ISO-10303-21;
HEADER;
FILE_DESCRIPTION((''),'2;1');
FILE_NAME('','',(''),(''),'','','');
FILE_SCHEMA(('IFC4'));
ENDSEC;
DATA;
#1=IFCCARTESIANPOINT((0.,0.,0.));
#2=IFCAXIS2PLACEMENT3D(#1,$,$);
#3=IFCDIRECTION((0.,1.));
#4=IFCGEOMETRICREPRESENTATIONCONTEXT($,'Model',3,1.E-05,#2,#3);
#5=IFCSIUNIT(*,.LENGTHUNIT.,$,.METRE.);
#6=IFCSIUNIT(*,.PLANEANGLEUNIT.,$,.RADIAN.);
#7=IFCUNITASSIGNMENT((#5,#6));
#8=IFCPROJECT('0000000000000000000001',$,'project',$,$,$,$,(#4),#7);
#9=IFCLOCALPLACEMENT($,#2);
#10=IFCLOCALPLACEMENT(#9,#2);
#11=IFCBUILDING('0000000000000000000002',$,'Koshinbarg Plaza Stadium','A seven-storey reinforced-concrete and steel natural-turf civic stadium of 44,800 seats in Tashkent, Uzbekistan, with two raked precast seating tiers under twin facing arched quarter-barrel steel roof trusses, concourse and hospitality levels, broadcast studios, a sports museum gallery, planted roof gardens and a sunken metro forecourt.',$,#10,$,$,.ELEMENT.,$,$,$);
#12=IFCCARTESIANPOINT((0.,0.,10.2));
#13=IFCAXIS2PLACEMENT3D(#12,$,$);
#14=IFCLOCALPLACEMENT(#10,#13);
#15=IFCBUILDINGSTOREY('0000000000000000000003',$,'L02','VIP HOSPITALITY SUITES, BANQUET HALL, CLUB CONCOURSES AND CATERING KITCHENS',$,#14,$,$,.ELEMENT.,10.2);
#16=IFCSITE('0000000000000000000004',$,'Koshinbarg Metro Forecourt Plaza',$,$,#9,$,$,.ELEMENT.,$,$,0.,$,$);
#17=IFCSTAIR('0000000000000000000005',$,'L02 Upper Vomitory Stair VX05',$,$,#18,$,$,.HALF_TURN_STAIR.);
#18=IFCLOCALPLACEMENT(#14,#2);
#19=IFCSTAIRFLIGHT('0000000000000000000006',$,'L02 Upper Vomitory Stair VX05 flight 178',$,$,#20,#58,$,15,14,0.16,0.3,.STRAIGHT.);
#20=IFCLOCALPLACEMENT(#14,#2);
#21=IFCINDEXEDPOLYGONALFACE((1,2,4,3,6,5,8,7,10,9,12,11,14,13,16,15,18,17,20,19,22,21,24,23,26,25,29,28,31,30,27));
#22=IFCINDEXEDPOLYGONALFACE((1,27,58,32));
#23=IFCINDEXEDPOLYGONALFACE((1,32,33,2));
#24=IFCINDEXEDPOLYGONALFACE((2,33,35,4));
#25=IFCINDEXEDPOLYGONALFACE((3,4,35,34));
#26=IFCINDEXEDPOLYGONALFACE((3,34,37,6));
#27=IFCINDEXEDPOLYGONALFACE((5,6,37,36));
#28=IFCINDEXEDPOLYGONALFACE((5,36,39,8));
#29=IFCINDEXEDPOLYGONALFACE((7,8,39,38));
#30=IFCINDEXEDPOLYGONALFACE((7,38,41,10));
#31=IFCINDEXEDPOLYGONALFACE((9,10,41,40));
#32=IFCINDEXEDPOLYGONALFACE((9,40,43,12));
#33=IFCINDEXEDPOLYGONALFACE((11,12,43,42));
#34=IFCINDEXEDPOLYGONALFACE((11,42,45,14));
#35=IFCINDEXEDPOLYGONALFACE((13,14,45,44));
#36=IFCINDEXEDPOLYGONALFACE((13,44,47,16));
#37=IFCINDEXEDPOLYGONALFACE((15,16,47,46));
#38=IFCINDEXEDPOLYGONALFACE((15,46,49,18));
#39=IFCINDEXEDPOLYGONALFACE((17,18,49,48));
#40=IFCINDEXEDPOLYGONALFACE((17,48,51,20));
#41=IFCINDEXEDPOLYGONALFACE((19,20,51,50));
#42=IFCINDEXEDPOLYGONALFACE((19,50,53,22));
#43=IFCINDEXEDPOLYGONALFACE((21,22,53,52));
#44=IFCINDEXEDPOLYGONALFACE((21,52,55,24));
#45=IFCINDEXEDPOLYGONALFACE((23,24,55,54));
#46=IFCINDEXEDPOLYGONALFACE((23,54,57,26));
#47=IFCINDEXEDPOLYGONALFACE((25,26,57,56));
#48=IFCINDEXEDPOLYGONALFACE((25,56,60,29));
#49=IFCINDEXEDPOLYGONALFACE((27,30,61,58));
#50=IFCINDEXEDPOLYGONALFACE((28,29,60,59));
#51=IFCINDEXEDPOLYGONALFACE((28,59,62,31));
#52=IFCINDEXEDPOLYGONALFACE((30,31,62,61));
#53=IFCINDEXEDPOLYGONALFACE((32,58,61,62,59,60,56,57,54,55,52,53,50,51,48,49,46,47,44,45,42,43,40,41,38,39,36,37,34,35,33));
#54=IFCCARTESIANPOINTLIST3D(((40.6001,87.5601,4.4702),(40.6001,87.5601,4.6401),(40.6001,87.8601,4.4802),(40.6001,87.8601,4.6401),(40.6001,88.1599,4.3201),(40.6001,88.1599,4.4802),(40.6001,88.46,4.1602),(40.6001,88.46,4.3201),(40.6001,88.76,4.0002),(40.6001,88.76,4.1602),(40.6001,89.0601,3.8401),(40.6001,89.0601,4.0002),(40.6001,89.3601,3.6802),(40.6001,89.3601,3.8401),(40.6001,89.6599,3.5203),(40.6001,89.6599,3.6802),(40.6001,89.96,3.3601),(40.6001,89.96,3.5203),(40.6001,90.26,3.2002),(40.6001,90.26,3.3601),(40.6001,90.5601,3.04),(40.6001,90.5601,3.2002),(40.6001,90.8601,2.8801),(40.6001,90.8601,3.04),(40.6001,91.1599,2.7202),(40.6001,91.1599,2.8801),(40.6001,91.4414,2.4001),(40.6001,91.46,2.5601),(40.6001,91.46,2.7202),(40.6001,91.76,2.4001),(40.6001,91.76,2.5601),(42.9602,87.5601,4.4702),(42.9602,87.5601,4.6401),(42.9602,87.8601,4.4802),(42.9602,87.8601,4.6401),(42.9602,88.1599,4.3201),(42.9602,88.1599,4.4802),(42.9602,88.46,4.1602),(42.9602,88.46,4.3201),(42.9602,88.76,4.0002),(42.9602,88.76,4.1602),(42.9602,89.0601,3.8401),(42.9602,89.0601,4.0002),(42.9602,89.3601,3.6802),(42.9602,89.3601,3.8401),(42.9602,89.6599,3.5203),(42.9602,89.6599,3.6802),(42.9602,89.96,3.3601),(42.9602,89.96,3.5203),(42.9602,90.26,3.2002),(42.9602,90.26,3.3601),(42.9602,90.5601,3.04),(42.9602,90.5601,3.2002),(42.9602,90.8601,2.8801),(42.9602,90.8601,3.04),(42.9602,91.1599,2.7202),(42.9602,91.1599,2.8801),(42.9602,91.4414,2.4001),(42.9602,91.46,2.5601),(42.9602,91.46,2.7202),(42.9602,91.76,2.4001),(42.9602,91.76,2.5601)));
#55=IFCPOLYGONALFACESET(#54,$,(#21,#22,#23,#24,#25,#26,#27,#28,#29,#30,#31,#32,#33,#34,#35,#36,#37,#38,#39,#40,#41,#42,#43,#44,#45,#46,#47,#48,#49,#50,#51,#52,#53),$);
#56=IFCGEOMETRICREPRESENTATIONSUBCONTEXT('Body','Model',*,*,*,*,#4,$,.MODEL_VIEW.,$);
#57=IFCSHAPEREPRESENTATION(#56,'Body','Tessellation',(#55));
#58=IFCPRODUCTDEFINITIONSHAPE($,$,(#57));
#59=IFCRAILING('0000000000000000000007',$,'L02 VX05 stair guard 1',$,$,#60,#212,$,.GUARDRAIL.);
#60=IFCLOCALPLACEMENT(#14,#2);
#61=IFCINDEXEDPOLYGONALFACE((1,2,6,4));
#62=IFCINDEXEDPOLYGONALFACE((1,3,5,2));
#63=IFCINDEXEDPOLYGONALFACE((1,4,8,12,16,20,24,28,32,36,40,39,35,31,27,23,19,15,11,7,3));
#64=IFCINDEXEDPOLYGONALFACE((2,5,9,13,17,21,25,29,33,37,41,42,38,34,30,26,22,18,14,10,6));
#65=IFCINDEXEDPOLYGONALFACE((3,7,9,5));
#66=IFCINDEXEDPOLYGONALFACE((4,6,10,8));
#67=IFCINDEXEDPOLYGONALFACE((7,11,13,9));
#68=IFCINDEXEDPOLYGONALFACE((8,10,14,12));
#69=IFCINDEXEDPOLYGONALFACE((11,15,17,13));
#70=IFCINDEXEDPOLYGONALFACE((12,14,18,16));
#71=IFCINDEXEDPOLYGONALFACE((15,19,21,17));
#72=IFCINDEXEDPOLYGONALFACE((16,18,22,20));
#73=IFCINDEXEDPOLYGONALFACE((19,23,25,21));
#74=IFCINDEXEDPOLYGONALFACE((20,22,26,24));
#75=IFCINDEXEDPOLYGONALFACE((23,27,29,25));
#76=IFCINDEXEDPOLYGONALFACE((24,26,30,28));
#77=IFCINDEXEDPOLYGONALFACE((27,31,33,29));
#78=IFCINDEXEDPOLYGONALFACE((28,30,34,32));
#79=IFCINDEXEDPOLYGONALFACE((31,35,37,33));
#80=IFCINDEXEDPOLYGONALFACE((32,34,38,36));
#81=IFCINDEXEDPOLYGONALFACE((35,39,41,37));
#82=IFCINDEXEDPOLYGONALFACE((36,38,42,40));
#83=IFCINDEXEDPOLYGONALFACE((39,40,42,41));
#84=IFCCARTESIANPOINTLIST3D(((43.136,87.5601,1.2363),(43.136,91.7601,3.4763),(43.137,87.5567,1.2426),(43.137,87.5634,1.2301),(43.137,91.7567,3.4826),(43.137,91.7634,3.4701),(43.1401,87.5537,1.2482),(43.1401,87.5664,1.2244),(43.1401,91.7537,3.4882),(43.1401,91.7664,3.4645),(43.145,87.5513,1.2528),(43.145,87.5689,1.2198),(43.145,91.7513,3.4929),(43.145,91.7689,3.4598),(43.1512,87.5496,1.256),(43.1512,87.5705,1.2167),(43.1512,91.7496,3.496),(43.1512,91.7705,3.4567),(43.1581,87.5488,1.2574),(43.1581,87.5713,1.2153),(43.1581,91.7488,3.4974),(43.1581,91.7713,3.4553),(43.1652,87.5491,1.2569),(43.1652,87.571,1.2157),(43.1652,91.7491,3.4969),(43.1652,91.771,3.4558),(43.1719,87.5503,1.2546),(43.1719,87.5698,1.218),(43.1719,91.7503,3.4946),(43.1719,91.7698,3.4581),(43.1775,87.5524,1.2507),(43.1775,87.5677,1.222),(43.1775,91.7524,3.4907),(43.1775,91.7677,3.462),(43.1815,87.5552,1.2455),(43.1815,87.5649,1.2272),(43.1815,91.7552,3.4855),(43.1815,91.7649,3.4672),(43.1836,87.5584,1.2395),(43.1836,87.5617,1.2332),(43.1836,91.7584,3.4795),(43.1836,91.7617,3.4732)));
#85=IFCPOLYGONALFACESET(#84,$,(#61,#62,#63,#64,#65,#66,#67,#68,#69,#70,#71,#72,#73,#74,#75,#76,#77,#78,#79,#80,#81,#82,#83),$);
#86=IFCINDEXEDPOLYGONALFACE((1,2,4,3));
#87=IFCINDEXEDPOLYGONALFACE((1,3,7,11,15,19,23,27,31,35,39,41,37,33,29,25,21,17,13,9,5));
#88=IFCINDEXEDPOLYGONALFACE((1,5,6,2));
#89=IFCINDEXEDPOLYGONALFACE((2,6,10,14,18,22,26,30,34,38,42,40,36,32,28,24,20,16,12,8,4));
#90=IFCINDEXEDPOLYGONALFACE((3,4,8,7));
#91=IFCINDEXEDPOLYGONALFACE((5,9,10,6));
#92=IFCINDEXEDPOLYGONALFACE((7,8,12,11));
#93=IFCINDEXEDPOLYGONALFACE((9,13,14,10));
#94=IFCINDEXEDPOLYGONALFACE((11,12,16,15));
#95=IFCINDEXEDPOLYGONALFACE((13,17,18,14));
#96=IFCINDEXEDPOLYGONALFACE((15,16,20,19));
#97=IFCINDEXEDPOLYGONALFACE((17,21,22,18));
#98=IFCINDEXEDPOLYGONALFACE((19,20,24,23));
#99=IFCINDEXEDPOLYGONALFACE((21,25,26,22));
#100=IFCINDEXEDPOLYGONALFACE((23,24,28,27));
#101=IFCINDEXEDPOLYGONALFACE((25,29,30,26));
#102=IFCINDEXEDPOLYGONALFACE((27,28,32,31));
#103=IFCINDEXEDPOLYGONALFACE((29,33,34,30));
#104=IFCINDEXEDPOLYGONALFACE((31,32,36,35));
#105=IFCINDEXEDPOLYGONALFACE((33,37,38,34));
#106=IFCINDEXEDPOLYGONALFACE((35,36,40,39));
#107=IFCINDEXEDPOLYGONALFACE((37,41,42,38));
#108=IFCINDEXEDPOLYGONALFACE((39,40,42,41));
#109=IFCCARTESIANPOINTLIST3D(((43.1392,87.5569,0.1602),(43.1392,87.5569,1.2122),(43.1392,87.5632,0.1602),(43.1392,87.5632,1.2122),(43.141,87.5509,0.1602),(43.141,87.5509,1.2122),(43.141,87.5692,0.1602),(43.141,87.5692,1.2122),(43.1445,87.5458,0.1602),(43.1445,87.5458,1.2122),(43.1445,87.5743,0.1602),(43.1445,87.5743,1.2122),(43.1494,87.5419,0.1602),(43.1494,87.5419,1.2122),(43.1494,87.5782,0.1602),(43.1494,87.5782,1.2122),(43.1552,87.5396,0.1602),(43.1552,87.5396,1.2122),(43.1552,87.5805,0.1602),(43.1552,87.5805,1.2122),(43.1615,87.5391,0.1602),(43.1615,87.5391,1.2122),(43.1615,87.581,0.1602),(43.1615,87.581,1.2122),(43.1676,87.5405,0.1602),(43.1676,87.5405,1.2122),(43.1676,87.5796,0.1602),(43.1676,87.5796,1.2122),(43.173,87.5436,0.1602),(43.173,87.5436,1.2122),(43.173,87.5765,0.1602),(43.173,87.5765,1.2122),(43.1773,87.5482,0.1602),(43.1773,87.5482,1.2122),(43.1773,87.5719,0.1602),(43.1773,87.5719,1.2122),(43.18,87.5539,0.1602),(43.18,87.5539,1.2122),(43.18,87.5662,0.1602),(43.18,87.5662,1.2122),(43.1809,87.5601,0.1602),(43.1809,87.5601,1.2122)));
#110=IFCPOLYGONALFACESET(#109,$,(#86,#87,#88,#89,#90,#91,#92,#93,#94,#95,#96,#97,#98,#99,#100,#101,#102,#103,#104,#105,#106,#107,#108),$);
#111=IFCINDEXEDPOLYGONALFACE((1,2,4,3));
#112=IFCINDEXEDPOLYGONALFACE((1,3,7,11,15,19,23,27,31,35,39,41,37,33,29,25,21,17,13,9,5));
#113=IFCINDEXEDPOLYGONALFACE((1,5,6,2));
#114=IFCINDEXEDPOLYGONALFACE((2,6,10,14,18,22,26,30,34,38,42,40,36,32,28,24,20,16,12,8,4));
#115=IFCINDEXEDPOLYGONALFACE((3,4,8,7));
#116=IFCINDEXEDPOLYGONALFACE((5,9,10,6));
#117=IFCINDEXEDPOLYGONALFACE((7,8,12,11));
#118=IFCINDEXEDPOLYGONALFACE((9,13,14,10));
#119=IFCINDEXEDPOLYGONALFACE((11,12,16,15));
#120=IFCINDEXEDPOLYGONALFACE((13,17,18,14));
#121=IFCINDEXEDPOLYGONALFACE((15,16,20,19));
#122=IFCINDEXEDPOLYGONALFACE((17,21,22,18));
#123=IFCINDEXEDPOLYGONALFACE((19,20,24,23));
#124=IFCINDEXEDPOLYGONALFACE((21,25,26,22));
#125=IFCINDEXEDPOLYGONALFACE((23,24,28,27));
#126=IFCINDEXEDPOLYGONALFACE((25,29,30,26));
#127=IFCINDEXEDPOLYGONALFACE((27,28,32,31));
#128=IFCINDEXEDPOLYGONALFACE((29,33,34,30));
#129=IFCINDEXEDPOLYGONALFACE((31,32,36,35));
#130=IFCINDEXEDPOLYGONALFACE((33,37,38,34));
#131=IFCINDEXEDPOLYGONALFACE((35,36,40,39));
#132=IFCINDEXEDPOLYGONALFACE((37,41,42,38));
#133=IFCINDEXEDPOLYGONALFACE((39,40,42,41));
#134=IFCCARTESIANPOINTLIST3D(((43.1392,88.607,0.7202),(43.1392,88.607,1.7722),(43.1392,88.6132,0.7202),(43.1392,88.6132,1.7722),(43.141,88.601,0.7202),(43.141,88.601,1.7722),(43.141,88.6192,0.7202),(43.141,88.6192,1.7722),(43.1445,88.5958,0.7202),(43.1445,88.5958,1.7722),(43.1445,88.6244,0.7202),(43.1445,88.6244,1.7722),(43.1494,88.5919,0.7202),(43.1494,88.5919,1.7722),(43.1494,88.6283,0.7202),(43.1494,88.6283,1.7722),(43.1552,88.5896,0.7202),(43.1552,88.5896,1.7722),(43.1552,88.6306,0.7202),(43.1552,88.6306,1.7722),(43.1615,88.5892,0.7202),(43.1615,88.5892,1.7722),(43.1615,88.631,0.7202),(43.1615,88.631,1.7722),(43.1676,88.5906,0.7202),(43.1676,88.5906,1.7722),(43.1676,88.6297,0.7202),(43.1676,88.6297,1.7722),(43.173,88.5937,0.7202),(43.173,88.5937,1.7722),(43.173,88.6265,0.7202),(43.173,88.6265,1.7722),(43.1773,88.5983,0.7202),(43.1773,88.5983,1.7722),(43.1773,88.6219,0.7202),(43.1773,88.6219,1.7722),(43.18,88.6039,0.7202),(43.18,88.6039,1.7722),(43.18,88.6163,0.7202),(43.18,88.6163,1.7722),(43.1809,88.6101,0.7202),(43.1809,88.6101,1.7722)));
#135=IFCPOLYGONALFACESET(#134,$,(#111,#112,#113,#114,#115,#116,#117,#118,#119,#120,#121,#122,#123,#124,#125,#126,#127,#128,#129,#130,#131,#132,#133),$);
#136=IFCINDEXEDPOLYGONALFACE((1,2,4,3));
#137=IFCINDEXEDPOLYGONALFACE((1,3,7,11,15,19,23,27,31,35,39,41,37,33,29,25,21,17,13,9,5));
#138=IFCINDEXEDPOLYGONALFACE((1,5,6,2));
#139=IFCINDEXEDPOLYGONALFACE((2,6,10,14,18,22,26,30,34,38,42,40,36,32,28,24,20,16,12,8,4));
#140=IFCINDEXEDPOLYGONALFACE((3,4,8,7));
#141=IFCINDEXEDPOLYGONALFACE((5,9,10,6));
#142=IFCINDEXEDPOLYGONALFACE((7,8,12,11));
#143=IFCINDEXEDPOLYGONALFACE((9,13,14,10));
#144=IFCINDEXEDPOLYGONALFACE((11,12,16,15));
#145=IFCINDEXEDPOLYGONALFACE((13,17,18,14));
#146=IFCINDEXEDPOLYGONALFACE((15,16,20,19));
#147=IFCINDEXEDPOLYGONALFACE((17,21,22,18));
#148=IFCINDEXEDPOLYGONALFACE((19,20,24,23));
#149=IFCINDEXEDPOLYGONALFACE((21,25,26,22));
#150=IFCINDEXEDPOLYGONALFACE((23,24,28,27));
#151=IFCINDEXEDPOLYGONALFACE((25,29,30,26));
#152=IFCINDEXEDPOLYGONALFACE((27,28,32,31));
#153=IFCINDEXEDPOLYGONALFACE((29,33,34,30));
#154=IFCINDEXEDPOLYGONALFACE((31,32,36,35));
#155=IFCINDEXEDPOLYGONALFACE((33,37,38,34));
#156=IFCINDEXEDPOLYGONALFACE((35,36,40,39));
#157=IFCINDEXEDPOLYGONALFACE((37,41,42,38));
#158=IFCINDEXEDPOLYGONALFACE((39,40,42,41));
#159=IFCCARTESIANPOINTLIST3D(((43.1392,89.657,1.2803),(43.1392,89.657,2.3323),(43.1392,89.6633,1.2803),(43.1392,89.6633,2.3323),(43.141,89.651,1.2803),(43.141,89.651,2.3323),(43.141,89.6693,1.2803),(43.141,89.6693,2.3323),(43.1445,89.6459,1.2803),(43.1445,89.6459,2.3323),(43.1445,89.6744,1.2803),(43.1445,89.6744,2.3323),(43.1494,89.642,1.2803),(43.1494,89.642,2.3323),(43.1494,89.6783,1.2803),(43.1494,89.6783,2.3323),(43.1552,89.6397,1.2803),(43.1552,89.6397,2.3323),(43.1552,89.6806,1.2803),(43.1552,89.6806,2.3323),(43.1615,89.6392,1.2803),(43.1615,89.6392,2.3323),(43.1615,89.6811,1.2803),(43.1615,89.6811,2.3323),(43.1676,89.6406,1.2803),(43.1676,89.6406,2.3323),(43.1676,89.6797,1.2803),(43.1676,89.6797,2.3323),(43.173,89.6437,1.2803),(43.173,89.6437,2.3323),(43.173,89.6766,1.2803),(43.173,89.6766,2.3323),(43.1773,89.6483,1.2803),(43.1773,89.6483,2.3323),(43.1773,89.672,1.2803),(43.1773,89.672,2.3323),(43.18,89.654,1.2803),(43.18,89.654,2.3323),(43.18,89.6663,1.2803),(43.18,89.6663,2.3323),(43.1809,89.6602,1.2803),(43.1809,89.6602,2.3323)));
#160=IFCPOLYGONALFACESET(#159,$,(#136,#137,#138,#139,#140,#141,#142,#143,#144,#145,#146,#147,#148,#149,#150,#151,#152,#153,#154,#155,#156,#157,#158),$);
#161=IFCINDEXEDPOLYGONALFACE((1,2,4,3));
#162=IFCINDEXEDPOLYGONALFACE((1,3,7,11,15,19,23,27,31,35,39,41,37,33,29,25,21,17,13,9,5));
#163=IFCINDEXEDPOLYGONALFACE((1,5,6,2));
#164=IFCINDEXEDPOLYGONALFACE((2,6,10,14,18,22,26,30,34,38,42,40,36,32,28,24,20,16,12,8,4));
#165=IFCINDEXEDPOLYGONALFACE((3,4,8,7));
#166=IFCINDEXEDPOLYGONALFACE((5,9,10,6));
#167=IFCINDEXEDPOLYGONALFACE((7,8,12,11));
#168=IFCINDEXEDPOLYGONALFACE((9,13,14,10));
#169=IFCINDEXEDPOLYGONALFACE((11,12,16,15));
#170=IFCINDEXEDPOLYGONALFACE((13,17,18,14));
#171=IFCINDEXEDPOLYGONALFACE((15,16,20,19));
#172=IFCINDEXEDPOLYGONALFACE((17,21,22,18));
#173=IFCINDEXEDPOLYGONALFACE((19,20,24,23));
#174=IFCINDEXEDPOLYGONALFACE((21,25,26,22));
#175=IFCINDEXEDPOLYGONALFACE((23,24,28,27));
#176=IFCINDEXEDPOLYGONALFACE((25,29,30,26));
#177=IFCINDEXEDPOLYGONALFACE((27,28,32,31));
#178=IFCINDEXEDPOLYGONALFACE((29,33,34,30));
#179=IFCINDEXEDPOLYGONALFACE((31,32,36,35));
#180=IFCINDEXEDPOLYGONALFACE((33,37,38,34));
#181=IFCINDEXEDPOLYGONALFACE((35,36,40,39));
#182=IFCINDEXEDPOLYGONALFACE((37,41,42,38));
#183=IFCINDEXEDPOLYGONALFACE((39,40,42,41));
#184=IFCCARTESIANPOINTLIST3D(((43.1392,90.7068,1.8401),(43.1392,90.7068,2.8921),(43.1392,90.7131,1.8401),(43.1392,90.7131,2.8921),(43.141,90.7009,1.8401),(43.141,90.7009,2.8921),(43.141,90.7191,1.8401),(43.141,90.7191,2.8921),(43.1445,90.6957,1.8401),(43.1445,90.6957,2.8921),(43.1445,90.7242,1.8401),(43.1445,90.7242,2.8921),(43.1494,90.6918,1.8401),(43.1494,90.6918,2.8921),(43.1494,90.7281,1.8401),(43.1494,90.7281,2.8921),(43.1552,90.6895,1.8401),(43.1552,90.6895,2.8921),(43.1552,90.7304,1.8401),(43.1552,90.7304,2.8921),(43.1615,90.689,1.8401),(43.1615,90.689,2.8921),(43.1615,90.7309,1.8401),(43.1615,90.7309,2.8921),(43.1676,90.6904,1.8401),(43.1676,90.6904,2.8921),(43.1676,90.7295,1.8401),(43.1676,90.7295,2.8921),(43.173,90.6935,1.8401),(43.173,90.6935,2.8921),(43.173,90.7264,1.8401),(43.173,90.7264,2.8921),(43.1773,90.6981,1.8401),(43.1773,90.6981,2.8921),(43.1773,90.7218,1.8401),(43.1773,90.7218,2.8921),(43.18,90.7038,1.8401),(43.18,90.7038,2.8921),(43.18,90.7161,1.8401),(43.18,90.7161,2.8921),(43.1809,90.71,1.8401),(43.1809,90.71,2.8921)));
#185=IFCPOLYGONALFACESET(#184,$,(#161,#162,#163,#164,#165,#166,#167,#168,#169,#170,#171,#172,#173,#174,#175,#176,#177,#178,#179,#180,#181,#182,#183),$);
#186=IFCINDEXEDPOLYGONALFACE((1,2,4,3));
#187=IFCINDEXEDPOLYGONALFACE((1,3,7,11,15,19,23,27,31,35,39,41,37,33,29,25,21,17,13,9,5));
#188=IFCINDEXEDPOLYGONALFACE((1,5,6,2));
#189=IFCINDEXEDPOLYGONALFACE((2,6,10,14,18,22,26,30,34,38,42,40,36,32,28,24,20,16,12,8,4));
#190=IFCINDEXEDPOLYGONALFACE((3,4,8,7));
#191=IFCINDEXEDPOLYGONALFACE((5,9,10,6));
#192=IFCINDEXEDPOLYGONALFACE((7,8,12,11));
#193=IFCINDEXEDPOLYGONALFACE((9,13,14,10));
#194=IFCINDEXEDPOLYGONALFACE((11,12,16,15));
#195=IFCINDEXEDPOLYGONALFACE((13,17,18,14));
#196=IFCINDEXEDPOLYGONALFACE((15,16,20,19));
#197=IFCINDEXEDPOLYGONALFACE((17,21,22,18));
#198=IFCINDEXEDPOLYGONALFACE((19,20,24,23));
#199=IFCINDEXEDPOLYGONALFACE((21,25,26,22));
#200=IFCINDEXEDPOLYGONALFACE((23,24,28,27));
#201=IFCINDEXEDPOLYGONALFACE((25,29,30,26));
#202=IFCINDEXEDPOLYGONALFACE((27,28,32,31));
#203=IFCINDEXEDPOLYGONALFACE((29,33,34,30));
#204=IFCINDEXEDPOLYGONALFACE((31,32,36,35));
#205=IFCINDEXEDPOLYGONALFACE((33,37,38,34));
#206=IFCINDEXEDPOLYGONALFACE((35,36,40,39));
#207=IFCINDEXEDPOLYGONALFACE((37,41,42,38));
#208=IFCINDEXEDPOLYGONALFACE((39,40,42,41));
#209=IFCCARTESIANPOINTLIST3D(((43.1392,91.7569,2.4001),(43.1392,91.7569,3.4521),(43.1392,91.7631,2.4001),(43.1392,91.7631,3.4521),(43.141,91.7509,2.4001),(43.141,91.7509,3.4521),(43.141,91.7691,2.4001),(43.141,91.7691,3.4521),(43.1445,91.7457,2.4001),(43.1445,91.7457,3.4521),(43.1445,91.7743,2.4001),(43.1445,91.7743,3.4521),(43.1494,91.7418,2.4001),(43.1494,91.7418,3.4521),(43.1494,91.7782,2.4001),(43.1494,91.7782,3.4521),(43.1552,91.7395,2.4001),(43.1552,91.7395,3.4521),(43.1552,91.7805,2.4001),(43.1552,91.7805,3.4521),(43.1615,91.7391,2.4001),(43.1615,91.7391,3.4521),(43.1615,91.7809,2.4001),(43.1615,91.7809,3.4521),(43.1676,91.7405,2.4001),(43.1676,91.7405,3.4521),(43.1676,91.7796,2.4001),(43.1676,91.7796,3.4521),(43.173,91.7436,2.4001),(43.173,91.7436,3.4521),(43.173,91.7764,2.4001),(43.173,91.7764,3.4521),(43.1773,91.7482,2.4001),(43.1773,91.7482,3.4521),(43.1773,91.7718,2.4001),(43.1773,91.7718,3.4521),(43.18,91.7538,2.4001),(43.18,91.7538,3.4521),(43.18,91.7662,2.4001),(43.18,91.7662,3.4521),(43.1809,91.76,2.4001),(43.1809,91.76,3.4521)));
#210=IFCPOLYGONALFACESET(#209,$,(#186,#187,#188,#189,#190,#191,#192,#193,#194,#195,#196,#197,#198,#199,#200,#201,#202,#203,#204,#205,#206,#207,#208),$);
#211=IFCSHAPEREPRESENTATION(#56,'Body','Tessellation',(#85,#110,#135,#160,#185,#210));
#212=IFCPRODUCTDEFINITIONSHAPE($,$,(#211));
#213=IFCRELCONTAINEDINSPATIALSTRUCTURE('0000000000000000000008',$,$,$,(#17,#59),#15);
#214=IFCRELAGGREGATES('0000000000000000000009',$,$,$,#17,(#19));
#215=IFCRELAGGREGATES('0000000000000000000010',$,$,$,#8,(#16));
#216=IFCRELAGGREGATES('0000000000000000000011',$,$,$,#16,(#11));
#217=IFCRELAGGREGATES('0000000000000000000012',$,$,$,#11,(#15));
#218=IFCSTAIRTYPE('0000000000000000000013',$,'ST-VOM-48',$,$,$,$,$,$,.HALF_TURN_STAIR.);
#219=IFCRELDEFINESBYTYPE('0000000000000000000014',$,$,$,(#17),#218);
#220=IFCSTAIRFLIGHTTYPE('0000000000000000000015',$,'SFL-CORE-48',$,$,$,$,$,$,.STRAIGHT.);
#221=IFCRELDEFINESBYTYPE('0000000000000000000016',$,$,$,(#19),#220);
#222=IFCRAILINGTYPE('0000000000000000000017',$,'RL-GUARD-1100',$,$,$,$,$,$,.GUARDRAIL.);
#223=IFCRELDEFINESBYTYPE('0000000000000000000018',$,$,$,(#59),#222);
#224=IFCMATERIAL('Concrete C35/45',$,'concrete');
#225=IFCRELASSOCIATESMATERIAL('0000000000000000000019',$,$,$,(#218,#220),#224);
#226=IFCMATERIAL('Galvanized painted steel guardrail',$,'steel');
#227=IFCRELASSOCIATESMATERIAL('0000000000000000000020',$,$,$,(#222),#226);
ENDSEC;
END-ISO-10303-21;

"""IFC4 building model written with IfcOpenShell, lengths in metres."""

from ifc_helpers import new_model, si_unit, direction, frame, origin, origin_2d, place, context, subcontext, project, spatial, polyline, circle, outline, extrude, material, type_object, element, aggregate, save


model = new_model("IFC4")

# Units and contexts
model_context = context("Model", 3, precision=1e-05, world=origin(), true_north=direction((0.0, 1.0)))
body_context = subcontext(model_context, "Body", "Model", "MODEL_VIEW")
ifc_project = project(units=[si_unit("LENGTHUNIT", "METRE"), si_unit("PLANEANGLEUNIT", "RADIAN")], contexts=[model_context])

# Site, building, storey
site_placement = place(None, origin())
site = spatial("IfcSite", under=ifc_project, at=site_placement, Name="Koshinbarg Metro Forecourt Plaza", CompositionType="ELEMENT", RefElevation=0.0)
building_placement = place(site_placement, origin())
building = spatial("IfcBuilding", under=site, at=building_placement, Name="Koshinbarg Plaza Stadium", Description="A seven-storey reinforced-concrete and steel natural-turf civic stadium of 44,800 seats in Tashkent, Uzbekistan, with two raked precast seating tiers under twin facing arched quarter-barrel steel roof trusses, concourse and hospitality levels, broadcast studios, a sports museum gallery, planted roof gardens and a sunken metro forecourt.", CompositionType="ELEMENT")
storey_placement = place(building_placement, frame((0.0, 0.0, 10.2)))
storey = spatial("IfcBuildingStorey", under=building, at=storey_placement, Name="L02", Description="VIP HOSPITALITY SUITES, BANQUET HALL, CLUB CONCOURSES AND CATERING KITCHENS", CompositionType="ELEMENT", Elevation=10.2)

# Stair, stair flight
ifc_material_1 = material(Name="Concrete C35/45", Category="concrete")
stair_type = type_object("IfcStairType", Name="ST-VOM-48", PredefinedType="HALF_TURN_STAIR", material=ifc_material_1)
stair_placement = place(storey_placement, origin())
stair = element("IfcStair", 1, at=stair_placement, inside=storey, type_object=stair_type, Name="L02 Upper Vomitory Stair VX05", PredefinedType="HALF_TURN_STAIR")
stair_flight_type = type_object("IfcStairFlightType", Name="SFL-CORE-48", PredefinedType="STRAIGHT", material=ifc_material_1)
stair_flight_1_placement = place(storey_placement, frame((41.78, 91.76, 2.4001), z_axis=(0.0, 0.0, 1.0), x_axis=(0.0, -1.0, 0.0)))
stair_flight_1 = element("IfcStairFlight", 2, at=stair_flight_1_placement, type_object=stair_flight_type, Name="L02 Upper Vomitory Stair VX05 flight 178", NumberOfRisers=15, NumberOfTreads=14, PredefinedType="STRAIGHT", RiserHeight=0.16, TreadLength=0.3, context=body_context, shape_type="SweptSolid", body=[
    extrude(outline(polyline([(0.0, 0.0), (0.0, 0.1599), (0.3, 0.1599), (0.3, 0.3201), (0.6001, 0.3201), (0.6001, 0.48), (0.8999, 0.48), (0.8999, 0.6399), (1.2, 0.6399), (1.2, 0.8), (1.5, 0.8), (1.5, 0.96), (1.8, 0.96), (1.8, 1.1201), (2.1001, 1.1201), (2.1001, 1.28), (2.3999, 1.28), (2.3999, 1.4399), (2.7, 1.4399), (2.7, 1.6001), (3.0, 1.6001), (3.0, 1.76), (3.3, 1.76), (3.3, 1.9199), (3.6001, 1.9199), (3.6001, 2.0801), (3.8999, 2.0801), (3.8999, 2.24), (4.2, 2.24), (4.2, 2.3999), (4.2, 2.0701), (0.3186, 0.0), (0.0, 0.0)])), frame((0.0, 1.1802, 0.0), z_axis=(0.0, -1.0, 0.0), x_axis=(1.0, 0.0, 0.0)), (0.0, 0.0, 1.0), 2.3601),
])
aggregate(stair, [stair_flight_1])

# Railing
ifc_material_2 = material(Name="Galvanized painted steel guardrail", Category="steel")
railing_type_1 = type_object("IfcRailingType", Name="RL-GUARD-1100", PredefinedType="GUARDRAIL", material=ifc_material_2)
railing_1_placement = place(storey_placement, frame((43.1599, 87.5601, 0.1602)))
element("IfcRailing", 3, at=railing_1_placement, inside=storey, type_object=railing_type_1, Name="L02 VX05 stair guard 1", PredefinedType="GUARDRAIL", context=body_context, shape_type="SweptSolid", body=[
    extrude(circle(Radius=0.0239, at=origin_2d()), frame((0.0, 0.0, 1.0762), z_axis=(0.0, 0.882352, 0.470591), x_axis=(-1.0, 0.0, 0.0)), (0.0, 0.0, 1.0), 4.76),
    extrude(circle(Radius=0.021, at=origin_2d()), origin(), (0.0, 0.0, 1.0), 1.052),
    extrude(circle(Radius=0.021, at=origin_2d()), frame((0.0, 1.05, 0.5601)), (0.0, 0.0, 1.0), 1.052),
    extrude(circle(Radius=0.021, at=origin_2d()), frame((0.0, 2.1001, 1.1201)), (0.0, 0.0, 1.0), 1.052),
    extrude(circle(Radius=0.021, at=origin_2d()), frame((0.0, 3.1499, 1.6799)), (0.0, 0.0, 1.0), 1.052),
    extrude(circle(Radius=0.021, at=origin_2d()), frame((0.0, 4.2, 2.24)), (0.0, 0.0, 1.0), 1.052),
])

save(model, "model.ifc")
